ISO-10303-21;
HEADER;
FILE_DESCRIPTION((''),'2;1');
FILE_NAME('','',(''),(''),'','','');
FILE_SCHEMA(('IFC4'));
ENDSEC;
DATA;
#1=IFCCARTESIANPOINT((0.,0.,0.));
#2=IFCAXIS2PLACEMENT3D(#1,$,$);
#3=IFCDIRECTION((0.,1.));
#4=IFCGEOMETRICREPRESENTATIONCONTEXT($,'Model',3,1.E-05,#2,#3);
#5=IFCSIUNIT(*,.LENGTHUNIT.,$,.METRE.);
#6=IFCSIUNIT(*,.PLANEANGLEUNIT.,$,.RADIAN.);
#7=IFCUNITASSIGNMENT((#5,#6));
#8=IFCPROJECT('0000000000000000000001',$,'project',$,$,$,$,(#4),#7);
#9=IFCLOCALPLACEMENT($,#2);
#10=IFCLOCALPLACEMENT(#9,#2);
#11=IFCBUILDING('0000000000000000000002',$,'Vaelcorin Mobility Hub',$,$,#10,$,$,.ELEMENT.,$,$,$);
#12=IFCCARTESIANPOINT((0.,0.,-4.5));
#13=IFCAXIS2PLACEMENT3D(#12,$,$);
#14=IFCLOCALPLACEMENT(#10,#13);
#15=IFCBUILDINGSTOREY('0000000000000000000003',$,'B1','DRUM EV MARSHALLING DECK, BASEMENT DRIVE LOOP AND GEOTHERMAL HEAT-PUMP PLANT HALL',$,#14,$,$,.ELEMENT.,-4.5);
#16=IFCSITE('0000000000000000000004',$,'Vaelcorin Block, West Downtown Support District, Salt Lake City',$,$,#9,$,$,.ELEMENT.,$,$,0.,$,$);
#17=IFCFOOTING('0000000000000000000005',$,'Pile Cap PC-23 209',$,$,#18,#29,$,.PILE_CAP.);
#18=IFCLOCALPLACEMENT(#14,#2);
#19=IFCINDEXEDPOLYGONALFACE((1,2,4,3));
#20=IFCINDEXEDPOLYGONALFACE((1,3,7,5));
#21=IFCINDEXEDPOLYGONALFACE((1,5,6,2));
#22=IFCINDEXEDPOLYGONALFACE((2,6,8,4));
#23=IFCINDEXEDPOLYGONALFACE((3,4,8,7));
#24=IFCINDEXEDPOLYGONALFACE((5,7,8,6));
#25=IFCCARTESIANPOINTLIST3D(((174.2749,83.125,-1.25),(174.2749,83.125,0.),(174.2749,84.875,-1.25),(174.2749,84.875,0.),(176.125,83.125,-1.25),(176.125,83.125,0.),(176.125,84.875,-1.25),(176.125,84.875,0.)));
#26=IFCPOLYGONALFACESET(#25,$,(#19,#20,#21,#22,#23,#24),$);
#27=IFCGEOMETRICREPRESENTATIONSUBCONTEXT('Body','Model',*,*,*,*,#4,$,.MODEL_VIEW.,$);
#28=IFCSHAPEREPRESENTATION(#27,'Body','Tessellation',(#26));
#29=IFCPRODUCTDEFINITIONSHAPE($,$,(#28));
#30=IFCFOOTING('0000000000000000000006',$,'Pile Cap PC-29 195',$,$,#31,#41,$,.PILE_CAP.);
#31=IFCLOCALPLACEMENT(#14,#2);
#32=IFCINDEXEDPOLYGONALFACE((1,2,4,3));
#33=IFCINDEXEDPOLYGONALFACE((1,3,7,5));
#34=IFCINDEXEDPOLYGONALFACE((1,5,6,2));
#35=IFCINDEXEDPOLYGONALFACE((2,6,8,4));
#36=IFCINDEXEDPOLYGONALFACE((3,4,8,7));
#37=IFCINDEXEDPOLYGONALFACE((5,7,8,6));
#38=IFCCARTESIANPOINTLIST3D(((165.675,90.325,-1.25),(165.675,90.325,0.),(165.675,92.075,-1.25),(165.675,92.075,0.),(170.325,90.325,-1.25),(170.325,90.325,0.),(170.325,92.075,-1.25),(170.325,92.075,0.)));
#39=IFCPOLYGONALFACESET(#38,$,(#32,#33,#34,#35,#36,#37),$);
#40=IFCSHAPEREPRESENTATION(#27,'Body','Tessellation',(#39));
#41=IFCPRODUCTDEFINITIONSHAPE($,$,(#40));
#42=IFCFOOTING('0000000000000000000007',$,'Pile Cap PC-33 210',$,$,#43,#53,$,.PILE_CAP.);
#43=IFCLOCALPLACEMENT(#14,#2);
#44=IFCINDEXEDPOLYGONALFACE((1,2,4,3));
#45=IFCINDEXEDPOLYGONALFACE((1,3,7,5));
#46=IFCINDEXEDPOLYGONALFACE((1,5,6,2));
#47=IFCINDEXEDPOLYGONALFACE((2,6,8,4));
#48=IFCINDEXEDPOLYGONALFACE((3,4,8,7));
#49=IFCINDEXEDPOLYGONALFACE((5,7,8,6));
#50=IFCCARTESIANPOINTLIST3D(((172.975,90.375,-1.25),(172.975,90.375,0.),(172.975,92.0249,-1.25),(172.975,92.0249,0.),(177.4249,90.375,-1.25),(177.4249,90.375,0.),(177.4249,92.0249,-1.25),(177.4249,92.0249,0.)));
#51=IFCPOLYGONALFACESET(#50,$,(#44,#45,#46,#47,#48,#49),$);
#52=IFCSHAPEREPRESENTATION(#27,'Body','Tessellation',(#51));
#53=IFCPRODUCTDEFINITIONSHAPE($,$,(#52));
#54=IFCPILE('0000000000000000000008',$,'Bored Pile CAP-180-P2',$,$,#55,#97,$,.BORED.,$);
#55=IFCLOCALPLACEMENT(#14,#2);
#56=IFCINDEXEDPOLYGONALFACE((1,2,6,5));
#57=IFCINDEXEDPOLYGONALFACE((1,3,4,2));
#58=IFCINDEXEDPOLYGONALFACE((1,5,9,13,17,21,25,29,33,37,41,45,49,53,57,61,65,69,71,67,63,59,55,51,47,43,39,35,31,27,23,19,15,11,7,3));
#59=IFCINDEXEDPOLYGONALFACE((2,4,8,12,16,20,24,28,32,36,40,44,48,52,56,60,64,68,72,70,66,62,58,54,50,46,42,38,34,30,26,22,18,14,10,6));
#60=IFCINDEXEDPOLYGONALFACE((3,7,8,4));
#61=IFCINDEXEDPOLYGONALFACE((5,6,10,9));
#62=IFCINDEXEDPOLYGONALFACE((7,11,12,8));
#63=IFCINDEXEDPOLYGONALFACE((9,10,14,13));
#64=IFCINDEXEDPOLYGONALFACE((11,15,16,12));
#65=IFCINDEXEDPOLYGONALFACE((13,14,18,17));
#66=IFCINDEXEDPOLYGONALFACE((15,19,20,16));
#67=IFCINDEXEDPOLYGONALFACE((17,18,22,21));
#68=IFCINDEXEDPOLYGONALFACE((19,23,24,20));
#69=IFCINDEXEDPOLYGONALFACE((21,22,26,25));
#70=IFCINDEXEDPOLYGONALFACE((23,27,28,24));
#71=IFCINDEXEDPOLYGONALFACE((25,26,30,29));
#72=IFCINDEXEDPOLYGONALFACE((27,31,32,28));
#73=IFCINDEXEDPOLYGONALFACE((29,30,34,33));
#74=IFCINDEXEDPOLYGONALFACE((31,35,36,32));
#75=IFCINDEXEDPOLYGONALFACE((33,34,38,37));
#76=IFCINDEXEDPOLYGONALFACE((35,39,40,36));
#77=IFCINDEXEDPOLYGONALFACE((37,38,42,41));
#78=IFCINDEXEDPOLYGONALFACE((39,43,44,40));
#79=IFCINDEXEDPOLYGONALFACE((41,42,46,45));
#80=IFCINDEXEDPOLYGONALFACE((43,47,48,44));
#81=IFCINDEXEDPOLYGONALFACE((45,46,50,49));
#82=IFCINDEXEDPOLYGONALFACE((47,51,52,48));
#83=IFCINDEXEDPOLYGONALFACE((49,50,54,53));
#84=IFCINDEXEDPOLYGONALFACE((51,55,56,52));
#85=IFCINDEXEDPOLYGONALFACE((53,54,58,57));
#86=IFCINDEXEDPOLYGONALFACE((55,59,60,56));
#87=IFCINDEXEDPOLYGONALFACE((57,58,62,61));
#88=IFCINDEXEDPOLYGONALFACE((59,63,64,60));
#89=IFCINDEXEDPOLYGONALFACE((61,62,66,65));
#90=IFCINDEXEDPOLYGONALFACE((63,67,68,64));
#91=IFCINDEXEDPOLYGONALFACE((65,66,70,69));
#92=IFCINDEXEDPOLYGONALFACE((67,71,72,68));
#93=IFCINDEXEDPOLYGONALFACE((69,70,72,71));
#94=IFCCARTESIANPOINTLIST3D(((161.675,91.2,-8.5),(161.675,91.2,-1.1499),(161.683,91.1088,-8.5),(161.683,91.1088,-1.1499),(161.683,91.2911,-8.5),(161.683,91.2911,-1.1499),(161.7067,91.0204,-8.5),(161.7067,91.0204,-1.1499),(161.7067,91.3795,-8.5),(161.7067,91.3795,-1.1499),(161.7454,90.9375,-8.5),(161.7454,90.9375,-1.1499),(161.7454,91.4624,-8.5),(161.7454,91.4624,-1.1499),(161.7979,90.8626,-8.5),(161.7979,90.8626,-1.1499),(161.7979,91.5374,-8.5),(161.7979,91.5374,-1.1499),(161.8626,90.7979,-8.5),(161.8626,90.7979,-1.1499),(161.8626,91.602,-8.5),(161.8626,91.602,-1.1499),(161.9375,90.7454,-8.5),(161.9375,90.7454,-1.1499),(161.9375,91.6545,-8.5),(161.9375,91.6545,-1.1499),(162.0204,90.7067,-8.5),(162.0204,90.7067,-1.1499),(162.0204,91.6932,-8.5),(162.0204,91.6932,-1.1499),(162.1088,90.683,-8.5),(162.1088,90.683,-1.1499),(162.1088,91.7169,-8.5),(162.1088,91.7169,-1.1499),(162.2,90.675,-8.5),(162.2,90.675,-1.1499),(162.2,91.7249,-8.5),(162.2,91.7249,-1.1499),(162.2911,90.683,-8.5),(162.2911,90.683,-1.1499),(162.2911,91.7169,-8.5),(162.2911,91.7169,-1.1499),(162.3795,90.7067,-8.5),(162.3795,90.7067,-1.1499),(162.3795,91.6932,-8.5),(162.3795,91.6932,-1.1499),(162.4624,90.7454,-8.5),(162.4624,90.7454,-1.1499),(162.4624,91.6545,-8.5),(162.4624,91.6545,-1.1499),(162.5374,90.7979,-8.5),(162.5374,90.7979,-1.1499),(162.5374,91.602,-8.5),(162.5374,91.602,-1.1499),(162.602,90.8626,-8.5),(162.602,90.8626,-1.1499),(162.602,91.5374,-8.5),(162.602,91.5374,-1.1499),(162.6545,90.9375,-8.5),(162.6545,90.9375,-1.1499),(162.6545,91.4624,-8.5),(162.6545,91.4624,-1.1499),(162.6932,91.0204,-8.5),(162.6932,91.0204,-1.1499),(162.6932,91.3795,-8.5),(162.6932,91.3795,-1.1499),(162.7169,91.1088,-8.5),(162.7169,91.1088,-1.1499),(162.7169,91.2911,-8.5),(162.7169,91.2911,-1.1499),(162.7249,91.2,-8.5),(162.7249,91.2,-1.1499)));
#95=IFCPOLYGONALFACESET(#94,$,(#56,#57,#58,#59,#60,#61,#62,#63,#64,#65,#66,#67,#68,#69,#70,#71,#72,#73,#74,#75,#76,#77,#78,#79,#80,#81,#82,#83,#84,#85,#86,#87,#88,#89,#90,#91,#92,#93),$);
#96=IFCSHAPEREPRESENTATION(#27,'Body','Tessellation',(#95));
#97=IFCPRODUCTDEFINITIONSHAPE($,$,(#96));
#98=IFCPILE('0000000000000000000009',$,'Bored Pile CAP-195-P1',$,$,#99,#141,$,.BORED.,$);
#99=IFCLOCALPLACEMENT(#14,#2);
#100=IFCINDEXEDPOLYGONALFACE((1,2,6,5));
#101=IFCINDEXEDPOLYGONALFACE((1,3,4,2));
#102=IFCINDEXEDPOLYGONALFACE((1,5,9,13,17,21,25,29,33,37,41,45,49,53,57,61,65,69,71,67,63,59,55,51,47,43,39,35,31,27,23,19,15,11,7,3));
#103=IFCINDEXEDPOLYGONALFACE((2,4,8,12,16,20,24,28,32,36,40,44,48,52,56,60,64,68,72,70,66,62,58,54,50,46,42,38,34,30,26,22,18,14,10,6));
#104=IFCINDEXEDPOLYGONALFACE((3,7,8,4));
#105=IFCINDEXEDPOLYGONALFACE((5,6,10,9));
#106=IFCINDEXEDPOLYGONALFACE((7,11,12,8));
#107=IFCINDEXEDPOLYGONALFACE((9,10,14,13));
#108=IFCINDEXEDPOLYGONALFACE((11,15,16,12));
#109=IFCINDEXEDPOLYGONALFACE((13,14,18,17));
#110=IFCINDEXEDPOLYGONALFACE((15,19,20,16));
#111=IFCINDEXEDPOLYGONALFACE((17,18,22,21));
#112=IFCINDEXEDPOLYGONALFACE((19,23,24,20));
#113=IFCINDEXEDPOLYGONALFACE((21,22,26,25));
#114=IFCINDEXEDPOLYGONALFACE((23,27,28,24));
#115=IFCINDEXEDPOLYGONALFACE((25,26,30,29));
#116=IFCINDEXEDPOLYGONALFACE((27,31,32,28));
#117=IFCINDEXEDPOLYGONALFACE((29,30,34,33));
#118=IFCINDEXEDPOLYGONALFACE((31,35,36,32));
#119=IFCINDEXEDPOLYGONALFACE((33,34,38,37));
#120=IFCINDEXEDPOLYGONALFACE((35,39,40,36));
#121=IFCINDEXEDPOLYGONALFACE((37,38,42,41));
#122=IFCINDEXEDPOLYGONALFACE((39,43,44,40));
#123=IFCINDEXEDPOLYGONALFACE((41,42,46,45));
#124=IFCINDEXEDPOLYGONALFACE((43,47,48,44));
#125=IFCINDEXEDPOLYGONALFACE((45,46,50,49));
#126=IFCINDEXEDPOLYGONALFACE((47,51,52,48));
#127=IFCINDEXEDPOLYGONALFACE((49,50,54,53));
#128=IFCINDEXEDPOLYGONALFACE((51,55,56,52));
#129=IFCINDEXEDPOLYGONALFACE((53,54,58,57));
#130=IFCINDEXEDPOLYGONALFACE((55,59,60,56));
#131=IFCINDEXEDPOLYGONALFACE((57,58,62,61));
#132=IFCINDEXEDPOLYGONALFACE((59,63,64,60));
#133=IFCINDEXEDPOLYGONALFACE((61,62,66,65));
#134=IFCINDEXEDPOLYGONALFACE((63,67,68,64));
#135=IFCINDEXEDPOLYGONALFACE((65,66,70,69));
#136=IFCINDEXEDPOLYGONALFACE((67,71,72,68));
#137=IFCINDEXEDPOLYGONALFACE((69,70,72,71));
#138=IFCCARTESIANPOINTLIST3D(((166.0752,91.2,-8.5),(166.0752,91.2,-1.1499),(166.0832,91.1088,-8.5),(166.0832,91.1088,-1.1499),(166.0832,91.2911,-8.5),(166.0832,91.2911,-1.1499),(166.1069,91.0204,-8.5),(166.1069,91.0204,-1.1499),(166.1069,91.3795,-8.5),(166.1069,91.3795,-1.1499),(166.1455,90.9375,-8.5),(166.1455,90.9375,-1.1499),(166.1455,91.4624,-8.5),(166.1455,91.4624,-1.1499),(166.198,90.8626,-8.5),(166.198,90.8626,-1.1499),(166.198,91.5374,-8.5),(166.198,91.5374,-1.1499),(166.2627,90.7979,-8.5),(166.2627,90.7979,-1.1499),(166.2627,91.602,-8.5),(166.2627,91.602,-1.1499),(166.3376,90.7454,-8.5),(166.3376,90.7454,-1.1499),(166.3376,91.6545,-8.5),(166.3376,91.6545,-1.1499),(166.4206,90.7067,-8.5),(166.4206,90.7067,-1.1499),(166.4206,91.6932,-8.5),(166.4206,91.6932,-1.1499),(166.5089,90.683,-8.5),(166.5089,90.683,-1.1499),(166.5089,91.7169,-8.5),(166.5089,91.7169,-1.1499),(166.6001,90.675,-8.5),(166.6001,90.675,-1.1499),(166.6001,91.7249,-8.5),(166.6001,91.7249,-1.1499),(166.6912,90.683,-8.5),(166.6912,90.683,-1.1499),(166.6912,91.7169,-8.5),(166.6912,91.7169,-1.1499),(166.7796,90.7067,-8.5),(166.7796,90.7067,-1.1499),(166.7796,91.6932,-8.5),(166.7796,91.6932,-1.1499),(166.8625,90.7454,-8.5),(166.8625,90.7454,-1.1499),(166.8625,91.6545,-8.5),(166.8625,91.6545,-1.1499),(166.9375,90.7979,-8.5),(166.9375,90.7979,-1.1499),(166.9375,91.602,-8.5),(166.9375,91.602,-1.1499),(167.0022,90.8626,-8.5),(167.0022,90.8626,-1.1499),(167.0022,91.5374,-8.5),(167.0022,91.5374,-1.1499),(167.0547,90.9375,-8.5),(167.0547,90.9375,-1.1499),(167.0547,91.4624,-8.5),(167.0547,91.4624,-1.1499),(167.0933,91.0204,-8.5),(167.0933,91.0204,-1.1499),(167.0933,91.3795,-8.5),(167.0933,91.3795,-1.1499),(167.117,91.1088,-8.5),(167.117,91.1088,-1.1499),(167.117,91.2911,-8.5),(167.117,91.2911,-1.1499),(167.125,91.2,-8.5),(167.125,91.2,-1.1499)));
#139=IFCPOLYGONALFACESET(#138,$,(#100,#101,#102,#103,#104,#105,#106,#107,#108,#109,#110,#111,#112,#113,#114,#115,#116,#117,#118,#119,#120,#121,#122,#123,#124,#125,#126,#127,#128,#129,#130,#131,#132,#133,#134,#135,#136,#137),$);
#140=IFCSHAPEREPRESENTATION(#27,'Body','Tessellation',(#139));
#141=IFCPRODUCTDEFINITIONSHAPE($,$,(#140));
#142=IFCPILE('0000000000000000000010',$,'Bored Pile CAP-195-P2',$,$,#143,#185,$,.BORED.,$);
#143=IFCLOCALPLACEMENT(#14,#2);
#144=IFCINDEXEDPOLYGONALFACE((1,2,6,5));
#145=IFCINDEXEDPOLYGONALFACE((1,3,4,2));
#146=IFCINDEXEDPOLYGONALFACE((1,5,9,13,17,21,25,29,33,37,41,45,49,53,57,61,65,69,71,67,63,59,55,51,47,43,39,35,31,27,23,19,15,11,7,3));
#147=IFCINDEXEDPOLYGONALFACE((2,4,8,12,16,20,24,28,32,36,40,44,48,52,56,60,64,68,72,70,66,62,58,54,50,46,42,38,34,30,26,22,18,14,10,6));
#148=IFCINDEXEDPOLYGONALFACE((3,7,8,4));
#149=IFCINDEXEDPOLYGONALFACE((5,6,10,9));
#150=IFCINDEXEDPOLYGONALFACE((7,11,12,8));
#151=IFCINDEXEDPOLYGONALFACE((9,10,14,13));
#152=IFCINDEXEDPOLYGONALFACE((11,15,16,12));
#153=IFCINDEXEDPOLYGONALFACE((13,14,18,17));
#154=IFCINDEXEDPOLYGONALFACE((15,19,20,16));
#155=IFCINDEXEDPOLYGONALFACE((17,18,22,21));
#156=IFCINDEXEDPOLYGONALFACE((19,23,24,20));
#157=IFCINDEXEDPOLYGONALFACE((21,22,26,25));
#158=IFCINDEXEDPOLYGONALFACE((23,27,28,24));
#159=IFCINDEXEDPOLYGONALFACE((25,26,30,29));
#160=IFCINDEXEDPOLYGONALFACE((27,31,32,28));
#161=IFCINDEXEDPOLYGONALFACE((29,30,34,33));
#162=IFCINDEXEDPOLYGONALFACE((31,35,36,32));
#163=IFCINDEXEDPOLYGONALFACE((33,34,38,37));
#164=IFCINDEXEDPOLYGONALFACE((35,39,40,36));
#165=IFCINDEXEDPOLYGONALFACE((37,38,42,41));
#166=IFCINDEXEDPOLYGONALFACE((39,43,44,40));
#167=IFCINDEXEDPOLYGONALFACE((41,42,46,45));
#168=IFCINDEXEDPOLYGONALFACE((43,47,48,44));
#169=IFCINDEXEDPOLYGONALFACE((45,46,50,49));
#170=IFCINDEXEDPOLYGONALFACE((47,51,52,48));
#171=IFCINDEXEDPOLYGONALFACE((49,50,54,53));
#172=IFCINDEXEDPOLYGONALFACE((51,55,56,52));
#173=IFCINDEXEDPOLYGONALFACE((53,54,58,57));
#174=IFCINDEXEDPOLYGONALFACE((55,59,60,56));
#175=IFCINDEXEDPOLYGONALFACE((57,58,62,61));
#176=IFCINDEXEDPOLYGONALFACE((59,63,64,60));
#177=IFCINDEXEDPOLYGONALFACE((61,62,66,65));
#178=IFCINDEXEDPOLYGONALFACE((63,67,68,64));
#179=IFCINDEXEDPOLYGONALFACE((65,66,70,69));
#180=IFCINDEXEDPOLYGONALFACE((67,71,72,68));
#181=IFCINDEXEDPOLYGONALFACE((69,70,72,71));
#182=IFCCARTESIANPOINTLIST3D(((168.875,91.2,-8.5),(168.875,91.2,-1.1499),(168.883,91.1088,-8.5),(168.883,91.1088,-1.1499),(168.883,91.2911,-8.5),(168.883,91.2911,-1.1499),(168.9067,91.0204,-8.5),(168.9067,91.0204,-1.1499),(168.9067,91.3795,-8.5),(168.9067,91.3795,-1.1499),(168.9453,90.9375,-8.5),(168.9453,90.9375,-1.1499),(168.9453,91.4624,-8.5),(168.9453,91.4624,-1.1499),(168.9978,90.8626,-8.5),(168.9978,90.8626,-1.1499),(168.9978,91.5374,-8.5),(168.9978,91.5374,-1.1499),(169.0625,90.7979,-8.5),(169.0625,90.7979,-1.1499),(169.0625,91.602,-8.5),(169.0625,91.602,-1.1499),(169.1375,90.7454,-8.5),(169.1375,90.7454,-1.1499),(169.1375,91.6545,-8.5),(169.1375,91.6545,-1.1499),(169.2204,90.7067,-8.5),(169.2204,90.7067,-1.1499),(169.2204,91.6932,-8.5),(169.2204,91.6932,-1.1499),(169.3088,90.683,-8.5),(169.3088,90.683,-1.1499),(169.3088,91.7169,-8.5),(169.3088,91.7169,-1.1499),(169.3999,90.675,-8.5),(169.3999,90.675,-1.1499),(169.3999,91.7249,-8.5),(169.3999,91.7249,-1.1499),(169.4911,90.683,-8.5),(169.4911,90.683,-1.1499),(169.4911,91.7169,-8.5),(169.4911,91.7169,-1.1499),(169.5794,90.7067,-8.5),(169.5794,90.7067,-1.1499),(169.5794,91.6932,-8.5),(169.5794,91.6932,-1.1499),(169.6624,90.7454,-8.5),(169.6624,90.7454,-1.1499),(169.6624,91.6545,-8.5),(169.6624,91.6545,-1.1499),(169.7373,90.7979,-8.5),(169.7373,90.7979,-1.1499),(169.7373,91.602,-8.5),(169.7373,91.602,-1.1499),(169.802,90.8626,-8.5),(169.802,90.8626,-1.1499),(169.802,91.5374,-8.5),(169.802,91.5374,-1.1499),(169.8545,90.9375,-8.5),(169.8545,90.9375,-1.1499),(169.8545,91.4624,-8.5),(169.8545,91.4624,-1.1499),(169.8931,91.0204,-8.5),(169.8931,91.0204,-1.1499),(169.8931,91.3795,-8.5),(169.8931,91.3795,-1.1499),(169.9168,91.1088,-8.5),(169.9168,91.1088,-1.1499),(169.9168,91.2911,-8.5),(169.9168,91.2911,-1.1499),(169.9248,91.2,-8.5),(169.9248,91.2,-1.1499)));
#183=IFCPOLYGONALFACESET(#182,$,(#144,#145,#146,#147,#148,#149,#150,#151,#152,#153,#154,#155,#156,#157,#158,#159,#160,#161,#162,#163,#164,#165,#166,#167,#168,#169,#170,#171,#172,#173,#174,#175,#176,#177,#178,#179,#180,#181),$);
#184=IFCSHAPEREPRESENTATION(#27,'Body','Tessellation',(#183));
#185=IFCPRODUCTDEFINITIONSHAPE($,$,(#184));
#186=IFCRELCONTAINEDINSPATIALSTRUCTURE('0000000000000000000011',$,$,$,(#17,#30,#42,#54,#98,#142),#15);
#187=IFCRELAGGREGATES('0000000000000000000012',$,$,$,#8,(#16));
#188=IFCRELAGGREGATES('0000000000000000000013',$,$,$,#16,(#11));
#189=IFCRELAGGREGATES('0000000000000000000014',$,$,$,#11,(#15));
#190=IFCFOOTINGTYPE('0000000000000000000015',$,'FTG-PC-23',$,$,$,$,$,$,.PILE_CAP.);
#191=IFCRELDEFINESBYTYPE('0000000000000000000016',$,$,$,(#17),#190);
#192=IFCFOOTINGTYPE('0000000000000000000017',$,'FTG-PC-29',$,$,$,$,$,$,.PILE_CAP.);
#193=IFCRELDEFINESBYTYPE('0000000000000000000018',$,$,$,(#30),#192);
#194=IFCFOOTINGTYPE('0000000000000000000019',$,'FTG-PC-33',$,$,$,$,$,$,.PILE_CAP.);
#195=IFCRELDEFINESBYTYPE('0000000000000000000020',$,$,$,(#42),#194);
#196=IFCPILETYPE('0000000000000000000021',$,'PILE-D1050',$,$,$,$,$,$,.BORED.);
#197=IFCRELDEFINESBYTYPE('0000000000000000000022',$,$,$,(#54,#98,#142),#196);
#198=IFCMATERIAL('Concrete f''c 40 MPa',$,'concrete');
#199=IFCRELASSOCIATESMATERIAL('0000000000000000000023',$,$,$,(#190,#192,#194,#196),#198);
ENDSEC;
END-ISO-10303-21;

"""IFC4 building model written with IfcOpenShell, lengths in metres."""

from ifc_helpers import new_model, si_unit, direction, frame, origin, origin_2d, place, context, subcontext, project, spatial, rectangle, circle, extrude, material, material_profile, profile_set, type_object, element, save


model = new_model("IFC4")

# Units and contexts
model_context = context("Model", 3, precision=1e-05, world=origin(), true_north=direction((0.0, 1.0)))
body_context = subcontext(model_context, "Body", "Model", "MODEL_VIEW")
ifc_project = project(units=[si_unit("LENGTHUNIT", "METRE"), si_unit("PLANEANGLEUNIT", "RADIAN")], contexts=[model_context])

# Site, building, storey
site_placement = place(None, origin())
site = spatial("IfcSite", under=ifc_project, at=site_placement, Name="Vaelcorin Block, West Downtown Support District, Salt Lake City", CompositionType="ELEMENT", RefElevation=0.0)
building_placement = place(site_placement, origin())
building = spatial("IfcBuilding", under=site, at=building_placement, Name="Vaelcorin Mobility Hub", CompositionType="ELEMENT")
storey_placement = place(building_placement, frame((0.0, 0.0, -4.5)))
storey = spatial("IfcBuildingStorey", under=building, at=storey_placement, Name="B1", Description="DRUM EV MARSHALLING DECK, BASEMENT DRIVE LOOP AND GEOTHERMAL HEAT-PUMP PLANT HALL", CompositionType="ELEMENT", Elevation=-4.5)

# Footings
ifc_material_1 = material(Name="Concrete f'c 40 MPa", Category="concrete")
footing_type_1 = type_object("IfcFootingType", Name="FTG-PC-23", PredefinedType="PILE_CAP", material=ifc_material_1)
footing_1_placement = place(storey_placement, frame((175.2, 84.0, -1.25), z_axis=(0.0, 0.0, 1.0), x_axis=(1.0, 0.0, 0.0)))
element("IfcFooting", 1, at=footing_1_placement, inside=storey, type_object=footing_type_1, Name="Pile Cap PC-23 209", PredefinedType="PILE_CAP", context=body_context, shape_type="SweptSolid", body=[
    extrude(rectangle(XDim=1.8501, YDim=1.75, at=origin_2d()), origin(), (0.0, 0.0, 1.0), 1.25),
])
footing_type_2 = type_object("IfcFootingType", Name="FTG-PC-29", PredefinedType="PILE_CAP", material=ifc_material_1)
footing_2_placement = place(storey_placement, frame((168.0, 91.2, -1.25), z_axis=(0.0, 0.0, 1.0), x_axis=(1.0, 0.0, 0.0)))
element("IfcFooting", 2, at=footing_2_placement, inside=storey, type_object=footing_type_2, Name="Pile Cap PC-29 195", PredefinedType="PILE_CAP", context=body_context, shape_type="SweptSolid", body=[
    extrude(rectangle(XDim=4.6499, YDim=1.75, at=origin_2d()), origin(), (0.0, 0.0, 1.0), 1.25),
])
footing_type_3 = type_object("IfcFootingType", Name="FTG-PC-33", PredefinedType="PILE_CAP", material=ifc_material_1)
footing_3_placement = place(storey_placement, frame((175.2, 91.2, -1.25), z_axis=(0.0, 0.0, 1.0), x_axis=(1.0, 0.0, 0.0)))
element("IfcFooting", 3, at=footing_3_placement, inside=storey, type_object=footing_type_3, Name="Pile Cap PC-33 210", PredefinedType="PILE_CAP", context=body_context, shape_type="SweptSolid", body=[
    extrude(rectangle(XDim=4.45, YDim=1.6499, at=origin_2d()), origin(), (0.0, 0.0, 1.0), 1.25),
])

# Piles
ifc_material_profile_1 = material_profile(ifc_material_1, circle(Radius=0.5249, at=origin_2d()), Name="BP-D1050")
ifc_profile_set_1 = profile_set([ifc_material_profile_1], Name="Concrete f'c 40 MPa")
pile_type = type_object("IfcPileType", Name="PILE-D1050", PredefinedType="BORED", material=ifc_profile_set_1)
for number, where, z_axis, x_axis, name in (
    (4, (162.2, 91.2, -1.1499), (0.0, 0.0, -1.0), (1.0, 0.0, 0.0), "Bored Pile CAP-180-P2"),
    (5, (166.6001, 91.2, -1.1499), (0.0, 0.0, -1.0), (1.0, 0.0, 0.0), "Bored Pile CAP-195-P1"),
    (6, (169.3999, 91.2, -1.1499), (0.0, 0.0, -1.0), (1.0, 0.0, 0.0), "Bored Pile CAP-195-P2"),
):
    element("IfcPile", number, at=place(storey_placement, frame(where, z_axis=z_axis, x_axis=x_axis)), inside=storey, type_object=pile_type, Name=name, PredefinedType="BORED", context=body_context, shape_type="SweptSolid", body=[
        extrude(circle(Radius=0.5249, at=origin_2d()), origin(), (0.0, 0.0, 1.0), 7.3501),
    ])

save(model, "model.ifc")
